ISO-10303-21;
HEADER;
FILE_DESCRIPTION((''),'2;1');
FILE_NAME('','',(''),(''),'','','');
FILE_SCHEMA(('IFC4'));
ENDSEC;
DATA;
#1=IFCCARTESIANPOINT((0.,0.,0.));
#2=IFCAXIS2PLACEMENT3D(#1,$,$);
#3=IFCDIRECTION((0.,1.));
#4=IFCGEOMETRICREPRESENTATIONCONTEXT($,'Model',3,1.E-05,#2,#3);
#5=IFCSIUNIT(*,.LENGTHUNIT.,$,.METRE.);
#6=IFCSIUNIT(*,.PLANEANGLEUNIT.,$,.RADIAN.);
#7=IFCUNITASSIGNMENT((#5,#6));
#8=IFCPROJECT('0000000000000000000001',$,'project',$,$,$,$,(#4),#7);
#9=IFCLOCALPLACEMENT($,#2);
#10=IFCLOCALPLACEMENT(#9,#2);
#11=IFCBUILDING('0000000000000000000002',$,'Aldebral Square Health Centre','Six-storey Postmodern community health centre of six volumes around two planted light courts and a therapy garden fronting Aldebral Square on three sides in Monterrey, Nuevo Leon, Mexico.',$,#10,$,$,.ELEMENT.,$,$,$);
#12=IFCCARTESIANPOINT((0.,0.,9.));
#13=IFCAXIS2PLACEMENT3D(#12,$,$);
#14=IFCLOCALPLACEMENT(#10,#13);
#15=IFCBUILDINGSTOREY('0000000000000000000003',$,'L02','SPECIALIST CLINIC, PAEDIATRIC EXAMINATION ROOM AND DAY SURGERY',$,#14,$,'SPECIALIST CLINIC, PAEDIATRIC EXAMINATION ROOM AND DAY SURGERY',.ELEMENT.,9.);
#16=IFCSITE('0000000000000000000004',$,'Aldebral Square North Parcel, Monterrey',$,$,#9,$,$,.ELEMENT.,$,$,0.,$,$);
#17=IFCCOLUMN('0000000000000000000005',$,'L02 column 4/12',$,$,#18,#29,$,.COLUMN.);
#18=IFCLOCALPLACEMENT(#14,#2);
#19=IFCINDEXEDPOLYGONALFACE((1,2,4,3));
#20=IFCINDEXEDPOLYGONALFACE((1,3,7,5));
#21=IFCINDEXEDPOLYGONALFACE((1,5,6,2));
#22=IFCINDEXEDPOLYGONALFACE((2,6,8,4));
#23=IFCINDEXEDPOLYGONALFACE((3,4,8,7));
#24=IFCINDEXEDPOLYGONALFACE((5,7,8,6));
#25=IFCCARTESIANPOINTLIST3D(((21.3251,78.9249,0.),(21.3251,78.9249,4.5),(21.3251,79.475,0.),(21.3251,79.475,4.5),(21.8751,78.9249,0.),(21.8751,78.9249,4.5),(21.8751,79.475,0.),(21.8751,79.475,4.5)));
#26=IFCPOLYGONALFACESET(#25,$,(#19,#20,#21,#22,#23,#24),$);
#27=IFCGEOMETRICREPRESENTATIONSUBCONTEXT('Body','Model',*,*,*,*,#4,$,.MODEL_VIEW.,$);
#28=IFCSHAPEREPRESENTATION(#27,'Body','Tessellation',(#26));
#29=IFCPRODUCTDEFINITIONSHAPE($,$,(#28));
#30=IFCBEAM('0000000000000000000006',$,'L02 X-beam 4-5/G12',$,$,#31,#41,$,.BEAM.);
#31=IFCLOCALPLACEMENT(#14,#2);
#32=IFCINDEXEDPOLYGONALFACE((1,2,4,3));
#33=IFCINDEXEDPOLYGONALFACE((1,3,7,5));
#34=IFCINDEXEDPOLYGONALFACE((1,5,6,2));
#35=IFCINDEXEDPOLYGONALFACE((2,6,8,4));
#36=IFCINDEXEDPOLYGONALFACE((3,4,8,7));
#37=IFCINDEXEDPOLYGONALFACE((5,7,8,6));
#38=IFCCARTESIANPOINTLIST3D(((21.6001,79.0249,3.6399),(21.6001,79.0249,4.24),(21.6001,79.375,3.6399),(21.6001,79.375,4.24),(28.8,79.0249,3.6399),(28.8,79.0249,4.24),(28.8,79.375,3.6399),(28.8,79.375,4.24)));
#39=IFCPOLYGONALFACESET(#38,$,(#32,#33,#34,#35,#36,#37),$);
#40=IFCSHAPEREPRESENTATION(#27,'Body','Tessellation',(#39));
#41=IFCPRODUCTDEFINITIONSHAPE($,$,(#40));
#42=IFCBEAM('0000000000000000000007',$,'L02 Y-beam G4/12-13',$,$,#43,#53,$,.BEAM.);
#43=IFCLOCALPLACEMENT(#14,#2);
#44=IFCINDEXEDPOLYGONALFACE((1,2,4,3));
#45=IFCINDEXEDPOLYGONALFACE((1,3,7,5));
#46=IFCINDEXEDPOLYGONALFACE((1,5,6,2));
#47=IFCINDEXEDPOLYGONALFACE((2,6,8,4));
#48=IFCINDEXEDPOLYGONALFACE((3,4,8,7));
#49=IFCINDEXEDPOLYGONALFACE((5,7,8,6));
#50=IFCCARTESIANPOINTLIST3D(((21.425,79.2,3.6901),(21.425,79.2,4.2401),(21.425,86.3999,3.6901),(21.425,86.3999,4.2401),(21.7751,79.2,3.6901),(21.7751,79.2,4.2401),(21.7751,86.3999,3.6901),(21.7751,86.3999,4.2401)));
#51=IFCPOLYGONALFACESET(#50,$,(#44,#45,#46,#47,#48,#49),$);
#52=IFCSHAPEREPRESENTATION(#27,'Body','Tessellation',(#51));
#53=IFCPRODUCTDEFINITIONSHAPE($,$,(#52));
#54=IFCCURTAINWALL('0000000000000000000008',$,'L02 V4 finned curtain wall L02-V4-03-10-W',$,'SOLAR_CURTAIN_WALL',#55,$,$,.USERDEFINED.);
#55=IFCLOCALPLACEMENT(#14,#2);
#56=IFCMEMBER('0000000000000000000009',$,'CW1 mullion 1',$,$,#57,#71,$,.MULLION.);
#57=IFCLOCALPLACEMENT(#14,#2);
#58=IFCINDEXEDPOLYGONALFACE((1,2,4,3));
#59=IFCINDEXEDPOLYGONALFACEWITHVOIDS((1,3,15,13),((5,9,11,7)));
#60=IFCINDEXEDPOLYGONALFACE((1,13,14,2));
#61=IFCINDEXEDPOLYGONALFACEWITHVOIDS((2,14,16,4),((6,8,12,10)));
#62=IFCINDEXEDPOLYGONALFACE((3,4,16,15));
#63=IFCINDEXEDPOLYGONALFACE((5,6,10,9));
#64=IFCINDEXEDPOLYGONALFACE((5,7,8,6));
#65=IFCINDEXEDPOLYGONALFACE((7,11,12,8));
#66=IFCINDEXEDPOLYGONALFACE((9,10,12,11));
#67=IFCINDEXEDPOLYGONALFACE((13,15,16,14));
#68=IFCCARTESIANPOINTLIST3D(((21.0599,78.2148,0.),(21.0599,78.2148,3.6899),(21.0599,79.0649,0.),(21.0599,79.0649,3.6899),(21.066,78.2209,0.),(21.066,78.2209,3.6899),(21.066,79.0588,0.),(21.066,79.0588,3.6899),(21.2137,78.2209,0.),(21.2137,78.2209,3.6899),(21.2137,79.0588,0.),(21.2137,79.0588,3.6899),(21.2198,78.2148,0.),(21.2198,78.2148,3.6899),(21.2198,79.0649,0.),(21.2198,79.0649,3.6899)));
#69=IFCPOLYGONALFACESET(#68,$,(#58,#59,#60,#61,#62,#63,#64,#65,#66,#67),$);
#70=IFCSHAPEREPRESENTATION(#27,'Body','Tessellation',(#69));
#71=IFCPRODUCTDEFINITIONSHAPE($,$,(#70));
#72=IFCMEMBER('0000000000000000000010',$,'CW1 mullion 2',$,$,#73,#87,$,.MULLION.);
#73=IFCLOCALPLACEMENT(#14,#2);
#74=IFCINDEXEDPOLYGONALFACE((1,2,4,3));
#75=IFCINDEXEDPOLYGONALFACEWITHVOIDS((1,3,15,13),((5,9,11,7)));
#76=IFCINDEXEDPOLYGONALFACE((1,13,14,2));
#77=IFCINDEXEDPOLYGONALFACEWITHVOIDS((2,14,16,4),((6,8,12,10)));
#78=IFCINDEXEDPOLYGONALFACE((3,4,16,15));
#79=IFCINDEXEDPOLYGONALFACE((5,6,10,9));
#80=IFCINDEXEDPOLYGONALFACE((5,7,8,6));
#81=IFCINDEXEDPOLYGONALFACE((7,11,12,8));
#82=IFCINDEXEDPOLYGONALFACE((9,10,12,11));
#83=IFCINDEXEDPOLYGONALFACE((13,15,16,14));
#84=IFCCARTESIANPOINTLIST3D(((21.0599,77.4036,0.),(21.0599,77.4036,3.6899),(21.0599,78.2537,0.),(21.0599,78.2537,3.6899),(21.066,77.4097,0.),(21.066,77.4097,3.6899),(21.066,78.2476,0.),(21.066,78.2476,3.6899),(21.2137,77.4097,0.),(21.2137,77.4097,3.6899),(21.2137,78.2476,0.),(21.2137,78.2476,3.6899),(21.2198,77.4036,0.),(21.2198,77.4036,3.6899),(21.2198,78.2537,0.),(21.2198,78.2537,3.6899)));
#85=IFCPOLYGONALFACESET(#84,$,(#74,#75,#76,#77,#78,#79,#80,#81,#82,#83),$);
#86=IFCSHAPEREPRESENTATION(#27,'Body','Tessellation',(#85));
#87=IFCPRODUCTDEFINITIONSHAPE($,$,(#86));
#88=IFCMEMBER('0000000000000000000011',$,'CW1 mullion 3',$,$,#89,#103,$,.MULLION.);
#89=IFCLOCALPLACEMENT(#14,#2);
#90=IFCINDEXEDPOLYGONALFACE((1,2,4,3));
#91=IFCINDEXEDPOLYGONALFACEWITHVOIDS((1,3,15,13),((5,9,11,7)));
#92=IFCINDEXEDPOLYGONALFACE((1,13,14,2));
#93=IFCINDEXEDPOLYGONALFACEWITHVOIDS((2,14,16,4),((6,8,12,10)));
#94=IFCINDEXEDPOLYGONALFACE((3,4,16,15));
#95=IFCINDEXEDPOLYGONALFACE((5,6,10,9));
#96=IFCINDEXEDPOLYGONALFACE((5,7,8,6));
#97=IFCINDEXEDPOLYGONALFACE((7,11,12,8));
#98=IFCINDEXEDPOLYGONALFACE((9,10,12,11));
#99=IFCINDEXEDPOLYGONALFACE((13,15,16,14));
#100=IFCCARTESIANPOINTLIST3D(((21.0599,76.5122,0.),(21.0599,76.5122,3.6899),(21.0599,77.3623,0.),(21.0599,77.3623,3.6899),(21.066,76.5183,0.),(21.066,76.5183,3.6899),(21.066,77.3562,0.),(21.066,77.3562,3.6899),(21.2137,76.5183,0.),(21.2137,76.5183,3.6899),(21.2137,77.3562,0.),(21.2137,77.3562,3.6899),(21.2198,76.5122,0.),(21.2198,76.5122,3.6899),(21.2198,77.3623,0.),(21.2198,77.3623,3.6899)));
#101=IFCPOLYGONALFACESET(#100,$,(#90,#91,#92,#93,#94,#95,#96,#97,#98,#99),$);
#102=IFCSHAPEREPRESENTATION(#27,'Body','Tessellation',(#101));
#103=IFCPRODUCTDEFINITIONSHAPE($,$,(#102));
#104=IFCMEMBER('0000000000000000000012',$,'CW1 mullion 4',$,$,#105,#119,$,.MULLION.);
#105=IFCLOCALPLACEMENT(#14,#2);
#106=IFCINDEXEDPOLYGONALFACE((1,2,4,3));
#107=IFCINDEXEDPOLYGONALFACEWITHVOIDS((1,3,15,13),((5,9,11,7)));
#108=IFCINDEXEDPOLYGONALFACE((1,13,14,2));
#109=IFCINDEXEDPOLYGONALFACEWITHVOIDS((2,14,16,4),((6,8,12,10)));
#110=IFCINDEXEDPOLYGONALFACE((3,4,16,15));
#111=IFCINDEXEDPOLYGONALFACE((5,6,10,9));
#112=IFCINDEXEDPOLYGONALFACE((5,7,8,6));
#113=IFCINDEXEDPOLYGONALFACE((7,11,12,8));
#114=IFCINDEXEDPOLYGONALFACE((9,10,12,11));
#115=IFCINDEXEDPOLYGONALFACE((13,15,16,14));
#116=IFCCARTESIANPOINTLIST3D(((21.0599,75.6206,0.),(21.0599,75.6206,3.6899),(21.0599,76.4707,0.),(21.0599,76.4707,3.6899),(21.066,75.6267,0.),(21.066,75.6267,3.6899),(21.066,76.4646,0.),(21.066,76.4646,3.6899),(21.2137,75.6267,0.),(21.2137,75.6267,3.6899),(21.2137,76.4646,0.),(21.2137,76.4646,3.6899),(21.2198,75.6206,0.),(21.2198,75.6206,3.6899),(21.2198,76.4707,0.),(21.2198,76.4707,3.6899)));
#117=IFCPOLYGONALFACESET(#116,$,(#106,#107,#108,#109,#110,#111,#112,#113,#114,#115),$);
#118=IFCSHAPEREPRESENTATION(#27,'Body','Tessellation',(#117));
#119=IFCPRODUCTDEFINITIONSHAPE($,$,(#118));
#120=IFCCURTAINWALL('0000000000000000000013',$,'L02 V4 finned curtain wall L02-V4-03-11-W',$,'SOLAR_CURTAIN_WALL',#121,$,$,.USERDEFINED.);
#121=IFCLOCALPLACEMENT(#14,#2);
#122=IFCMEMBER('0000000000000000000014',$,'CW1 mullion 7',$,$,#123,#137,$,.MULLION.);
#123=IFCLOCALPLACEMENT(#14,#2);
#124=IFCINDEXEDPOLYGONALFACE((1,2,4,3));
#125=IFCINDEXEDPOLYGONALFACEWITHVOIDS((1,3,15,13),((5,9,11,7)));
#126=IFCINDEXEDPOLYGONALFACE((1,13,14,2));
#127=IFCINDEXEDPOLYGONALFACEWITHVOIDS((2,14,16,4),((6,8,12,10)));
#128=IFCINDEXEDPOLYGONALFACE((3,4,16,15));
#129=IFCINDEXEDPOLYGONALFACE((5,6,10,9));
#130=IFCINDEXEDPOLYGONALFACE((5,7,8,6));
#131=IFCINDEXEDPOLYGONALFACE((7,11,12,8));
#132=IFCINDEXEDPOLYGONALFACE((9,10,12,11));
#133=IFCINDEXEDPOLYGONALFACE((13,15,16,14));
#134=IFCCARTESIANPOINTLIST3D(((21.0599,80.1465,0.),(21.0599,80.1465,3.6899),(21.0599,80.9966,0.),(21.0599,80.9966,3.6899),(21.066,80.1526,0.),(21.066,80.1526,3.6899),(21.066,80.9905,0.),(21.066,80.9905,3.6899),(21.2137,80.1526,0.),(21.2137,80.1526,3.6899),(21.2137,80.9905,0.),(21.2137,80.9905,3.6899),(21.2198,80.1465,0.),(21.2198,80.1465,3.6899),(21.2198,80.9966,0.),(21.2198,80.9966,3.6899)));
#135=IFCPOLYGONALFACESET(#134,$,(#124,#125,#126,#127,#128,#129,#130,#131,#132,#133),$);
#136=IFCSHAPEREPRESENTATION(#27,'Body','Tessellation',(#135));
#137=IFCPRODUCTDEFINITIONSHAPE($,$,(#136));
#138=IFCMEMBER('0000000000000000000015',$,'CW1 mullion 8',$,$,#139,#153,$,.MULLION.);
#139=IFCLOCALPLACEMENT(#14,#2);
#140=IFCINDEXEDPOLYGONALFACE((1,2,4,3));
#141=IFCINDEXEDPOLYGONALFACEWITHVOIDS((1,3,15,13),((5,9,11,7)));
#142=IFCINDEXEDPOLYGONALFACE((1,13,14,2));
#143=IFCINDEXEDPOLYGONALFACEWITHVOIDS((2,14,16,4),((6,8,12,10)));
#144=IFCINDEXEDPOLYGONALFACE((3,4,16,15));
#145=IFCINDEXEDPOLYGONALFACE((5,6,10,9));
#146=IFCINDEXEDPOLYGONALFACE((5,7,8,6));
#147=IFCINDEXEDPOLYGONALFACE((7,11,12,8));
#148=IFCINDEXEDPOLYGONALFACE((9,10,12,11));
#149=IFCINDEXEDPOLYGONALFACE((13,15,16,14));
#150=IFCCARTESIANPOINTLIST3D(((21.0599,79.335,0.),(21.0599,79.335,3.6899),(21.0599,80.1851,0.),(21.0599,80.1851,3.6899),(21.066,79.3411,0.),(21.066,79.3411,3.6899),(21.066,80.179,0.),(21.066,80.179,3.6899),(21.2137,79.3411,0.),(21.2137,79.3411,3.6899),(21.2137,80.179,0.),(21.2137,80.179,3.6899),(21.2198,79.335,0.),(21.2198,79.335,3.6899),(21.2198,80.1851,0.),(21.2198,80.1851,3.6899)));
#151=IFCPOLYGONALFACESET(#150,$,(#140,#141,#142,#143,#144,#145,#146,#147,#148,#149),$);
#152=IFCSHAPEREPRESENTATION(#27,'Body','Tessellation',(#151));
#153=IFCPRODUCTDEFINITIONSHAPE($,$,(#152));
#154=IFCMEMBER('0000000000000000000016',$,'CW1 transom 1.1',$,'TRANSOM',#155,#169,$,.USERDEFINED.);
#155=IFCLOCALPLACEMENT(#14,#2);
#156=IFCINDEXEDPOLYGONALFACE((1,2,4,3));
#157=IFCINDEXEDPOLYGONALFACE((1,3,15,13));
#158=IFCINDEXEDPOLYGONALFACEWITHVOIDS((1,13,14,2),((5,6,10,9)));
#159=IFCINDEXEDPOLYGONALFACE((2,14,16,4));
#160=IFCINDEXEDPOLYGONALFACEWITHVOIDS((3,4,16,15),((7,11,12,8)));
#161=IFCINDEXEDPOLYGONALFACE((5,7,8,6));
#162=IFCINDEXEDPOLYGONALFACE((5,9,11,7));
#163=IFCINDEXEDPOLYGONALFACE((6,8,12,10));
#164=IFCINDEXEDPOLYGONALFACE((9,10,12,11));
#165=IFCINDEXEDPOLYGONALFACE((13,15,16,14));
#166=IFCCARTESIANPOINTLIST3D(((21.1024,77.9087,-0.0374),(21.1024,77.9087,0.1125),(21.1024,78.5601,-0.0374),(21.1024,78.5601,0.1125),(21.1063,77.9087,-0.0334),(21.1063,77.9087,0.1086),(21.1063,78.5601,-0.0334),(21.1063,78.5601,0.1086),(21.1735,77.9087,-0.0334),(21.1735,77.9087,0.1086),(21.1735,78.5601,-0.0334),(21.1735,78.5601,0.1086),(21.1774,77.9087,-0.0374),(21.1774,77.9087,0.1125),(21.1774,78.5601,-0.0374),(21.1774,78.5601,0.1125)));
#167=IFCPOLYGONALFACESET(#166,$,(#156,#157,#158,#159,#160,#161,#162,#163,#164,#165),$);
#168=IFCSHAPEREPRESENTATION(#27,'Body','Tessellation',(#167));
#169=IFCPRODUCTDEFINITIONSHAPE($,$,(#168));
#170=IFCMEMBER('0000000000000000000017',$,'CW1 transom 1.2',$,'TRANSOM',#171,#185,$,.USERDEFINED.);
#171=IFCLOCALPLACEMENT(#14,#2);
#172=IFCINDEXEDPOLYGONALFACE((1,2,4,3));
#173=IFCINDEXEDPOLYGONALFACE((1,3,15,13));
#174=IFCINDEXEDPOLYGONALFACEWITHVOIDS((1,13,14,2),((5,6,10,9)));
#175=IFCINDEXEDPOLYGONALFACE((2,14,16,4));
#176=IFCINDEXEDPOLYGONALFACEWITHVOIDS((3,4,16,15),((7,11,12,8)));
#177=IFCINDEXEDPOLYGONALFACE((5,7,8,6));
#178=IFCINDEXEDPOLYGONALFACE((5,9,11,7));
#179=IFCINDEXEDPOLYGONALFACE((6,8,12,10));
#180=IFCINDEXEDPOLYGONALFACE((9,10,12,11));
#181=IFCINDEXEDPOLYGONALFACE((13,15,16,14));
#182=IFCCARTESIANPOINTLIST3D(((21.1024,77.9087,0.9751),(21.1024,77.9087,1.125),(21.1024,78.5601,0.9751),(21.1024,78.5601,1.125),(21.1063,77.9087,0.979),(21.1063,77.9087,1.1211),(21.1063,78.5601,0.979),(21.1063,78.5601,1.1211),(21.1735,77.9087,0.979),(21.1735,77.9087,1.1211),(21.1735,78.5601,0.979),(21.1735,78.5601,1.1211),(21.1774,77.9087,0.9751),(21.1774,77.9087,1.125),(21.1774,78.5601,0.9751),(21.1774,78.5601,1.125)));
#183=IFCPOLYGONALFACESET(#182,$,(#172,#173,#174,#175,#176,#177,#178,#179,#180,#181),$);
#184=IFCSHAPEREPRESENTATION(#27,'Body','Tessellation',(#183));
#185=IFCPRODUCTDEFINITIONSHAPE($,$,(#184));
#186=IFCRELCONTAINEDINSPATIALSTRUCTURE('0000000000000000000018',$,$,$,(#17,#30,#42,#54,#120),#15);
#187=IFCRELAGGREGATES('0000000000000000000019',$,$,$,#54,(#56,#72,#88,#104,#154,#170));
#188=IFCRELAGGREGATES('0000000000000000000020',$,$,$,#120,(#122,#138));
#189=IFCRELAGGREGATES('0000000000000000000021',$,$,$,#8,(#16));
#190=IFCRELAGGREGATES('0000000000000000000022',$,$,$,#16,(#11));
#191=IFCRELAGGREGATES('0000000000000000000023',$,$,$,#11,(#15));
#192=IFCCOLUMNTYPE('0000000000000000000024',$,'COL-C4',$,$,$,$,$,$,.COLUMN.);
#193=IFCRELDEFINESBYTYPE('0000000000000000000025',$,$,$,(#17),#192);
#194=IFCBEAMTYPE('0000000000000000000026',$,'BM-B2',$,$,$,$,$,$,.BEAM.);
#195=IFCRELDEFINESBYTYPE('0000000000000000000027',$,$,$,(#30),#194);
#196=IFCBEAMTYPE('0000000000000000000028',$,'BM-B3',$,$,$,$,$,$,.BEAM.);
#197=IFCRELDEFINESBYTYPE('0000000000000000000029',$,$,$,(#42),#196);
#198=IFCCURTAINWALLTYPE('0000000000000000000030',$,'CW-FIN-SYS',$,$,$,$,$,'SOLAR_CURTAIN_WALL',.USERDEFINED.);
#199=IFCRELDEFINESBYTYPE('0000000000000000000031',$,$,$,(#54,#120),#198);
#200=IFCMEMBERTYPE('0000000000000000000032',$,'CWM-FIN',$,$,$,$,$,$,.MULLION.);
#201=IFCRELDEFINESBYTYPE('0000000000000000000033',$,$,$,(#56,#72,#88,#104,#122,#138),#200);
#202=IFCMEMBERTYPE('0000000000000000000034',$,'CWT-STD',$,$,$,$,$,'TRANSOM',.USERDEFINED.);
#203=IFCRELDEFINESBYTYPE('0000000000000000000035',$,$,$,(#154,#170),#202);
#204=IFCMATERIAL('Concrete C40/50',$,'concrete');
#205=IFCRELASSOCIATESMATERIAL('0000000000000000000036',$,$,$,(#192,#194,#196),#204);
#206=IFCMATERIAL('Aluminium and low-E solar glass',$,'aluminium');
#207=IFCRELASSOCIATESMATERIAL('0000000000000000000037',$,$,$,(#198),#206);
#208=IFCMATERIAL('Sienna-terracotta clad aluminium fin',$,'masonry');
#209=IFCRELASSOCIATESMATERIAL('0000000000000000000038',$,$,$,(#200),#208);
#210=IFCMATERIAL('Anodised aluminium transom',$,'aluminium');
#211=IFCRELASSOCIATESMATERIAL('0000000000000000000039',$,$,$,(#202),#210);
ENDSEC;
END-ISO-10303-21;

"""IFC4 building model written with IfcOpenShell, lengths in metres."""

from ifc_helpers import new_model, si_unit, direction, frame, origin, origin_2d, place, context, subcontext, project, spatial, rectangle, hollow_rectangle, extrude, material, material_profile, profile_set, type_object, element, aggregate, save


model = new_model("IFC4")

# Units and contexts
model_context = context("Model", 3, precision=1e-05, world=origin(), true_north=direction((0.0, 1.0)))
body_context = subcontext(model_context, "Body", "Model", "MODEL_VIEW")
ifc_project = project(units=[si_unit("LENGTHUNIT", "METRE"), si_unit("PLANEANGLEUNIT", "RADIAN")], contexts=[model_context])

# Site, building, storey
site_placement = place(None, origin())
site = spatial("IfcSite", under=ifc_project, at=site_placement, Name="Aldebral Square North Parcel, Monterrey", CompositionType="ELEMENT", RefElevation=0.0)
building_placement = place(site_placement, origin())
building = spatial("IfcBuilding", under=site, at=building_placement, Name="Aldebral Square Health Centre", Description="Six-storey Postmodern community health centre of six volumes around two planted light courts and a therapy garden fronting Aldebral Square on three sides in Monterrey, Nuevo Leon, Mexico.", CompositionType="ELEMENT")
storey_placement = place(building_placement, frame((0.0, 0.0, 9.0)))
storey = spatial("IfcBuildingStorey", under=building, at=storey_placement, Name="L02", Description="SPECIALIST CLINIC, PAEDIATRIC EXAMINATION ROOM AND DAY SURGERY", LongName="SPECIALIST CLINIC, PAEDIATRIC EXAMINATION ROOM AND DAY SURGERY", CompositionType="ELEMENT", Elevation=9.0)

# Column
ifc_material_1 = material(Name="Concrete C40/50", Category="concrete")
ifc_material_profile_1 = material_profile(ifc_material_1, rectangle(XDim=0.55, YDim=0.55, at=origin_2d()), Name="RC 550x550")
ifc_profile_set_1 = profile_set([ifc_material_profile_1], Name="Concrete C40/50")
column_type = type_object("IfcColumnType", Name="COL-C4", PredefinedType="COLUMN", material=ifc_profile_set_1)
column_placement = place(storey_placement, frame((21.6001, 79.2, 0.0), z_axis=(0.0, 0.0, 1.0), x_axis=(1.0, 0.0, 0.0)))
element("IfcColumn", 1, at=column_placement, inside=storey, type_object=column_type, Name="L02 column 4/12", PredefinedType="COLUMN", context=body_context, shape_type="SweptSolid", body=[
    extrude(rectangle(XDim=0.55, YDim=0.55, at=origin_2d()), origin(), (0.0, 0.0, 1.0), 4.5),
])

# Beams
ifc_material_profile_2 = material_profile(ifc_material_1, rectangle(XDim=0.3501, YDim=0.6001, at=origin_2d()), Name="RC 350x600")
ifc_profile_set_2 = profile_set([ifc_material_profile_2], Name="Concrete C40/50")
beam_type_1 = type_object("IfcBeamType", Name="BM-B2", PredefinedType="BEAM", material=ifc_profile_set_2)
beam_1_placement = place(storey_placement, frame((21.6001, 79.2, 3.9399), z_axis=(1.0, 0.0, 0.0), x_axis=(0.0, 1.0, 0.0)))
element("IfcBeam", 2, at=beam_1_placement, inside=storey, type_object=beam_type_1, Name="L02 X-beam 4-5/G12", PredefinedType="BEAM", context=body_context, shape_type="SweptSolid", body=[
    extrude(rectangle(XDim=0.3501, YDim=0.6001, at=origin_2d()), origin(), (0.0, 0.0, 1.0), 7.2),
])
ifc_material_profile_3 = material_profile(ifc_material_1, rectangle(XDim=0.3501, YDim=0.55, at=origin_2d()), Name="RC 350x550")
ifc_profile_set_3 = profile_set([ifc_material_profile_3], Name="Concrete C40/50")
beam_type_2 = type_object("IfcBeamType", Name="BM-B3", PredefinedType="BEAM", material=ifc_profile_set_3)
beam_2_placement = place(storey_placement, frame((21.6001, 79.2, 3.9651), z_axis=(0.0, 1.0, 0.0), x_axis=(-1.0, 0.0, 0.0)))
element("IfcBeam", 3, at=beam_2_placement, inside=storey, type_object=beam_type_2, Name="L02 Y-beam G4/12-13", PredefinedType="BEAM", context=body_context, shape_type="SweptSolid", body=[
    extrude(rectangle(XDim=0.3501, YDim=0.55, at=origin_2d()), origin(), (0.0, 0.0, 1.0), 7.2),
])

# Curtain walls, members
ifc_material_2 = material(Name="Aluminium and low-E solar glass", Category="aluminium")
curtain_wall_type = type_object("IfcCurtainWallType", Name="CW-FIN-SYS", ElementType="SOLAR_CURTAIN_WALL", PredefinedType="USERDEFINED", material=ifc_material_2)
curtain_wall_1_placement = place(storey_placement, origin())
curtain_wall_1 = element("IfcCurtainWall", 4, at=curtain_wall_1_placement, inside=storey, type_object=curtain_wall_type, Name="L02 V4 finned curtain wall L02-V4-03-10-W", ObjectType="SOLAR_CURTAIN_WALL", PredefinedType="USERDEFINED")
ifc_material_3 = material(Name="Sienna-terracotta clad aluminium fin", Category="masonry")
ifc_material_profile_4 = material_profile(ifc_material_3, hollow_rectangle(XDim=0.1599, YDim=0.8501, WallThickness=0.0061, at=origin_2d()), Name="FIN 160x850x6")
ifc_profile_set_4 = profile_set([ifc_material_profile_4], Name="Sienna-terracotta clad aluminium fin")
member_type_1 = type_object("IfcMemberType", Name="CWM-FIN", PredefinedType="MULLION", material=ifc_profile_set_4)
member_1_placement = place(storey_placement, frame((21.1399, 78.6399, 0.0), z_axis=(0.0, 0.0, 1.0), x_axis=(1.0, 0.0, 0.0)))
member_1 = element("IfcMember", 5, at=member_1_placement, type_object=member_type_1, Name="CW1 mullion 1", PredefinedType="MULLION", context=body_context, shape_type="SweptSolid", body=[
    extrude(hollow_rectangle(XDim=0.1599, YDim=0.8501, WallThickness=0.0061, at=origin_2d()), origin(), (0.0, 0.0, 1.0), 3.6899),
])
member_2_placement = place(storey_placement, frame((21.1399, 77.8286, 0.0), z_axis=(0.0, 0.0, 1.0), x_axis=(1.0, 0.0, 0.0)))
member_2 = element("IfcMember", 6, at=member_2_placement, type_object=member_type_1, Name="CW1 mullion 2", PredefinedType="MULLION", context=body_context, shape_type="SweptSolid", body=[
    extrude(hollow_rectangle(XDim=0.1599, YDim=0.8501, WallThickness=0.0061, at=origin_2d()), origin(), (0.0, 0.0, 1.0), 3.6899),
])
member_3_placement = place(storey_placement, frame((21.1399, 76.9373, 0.0), z_axis=(0.0, 0.0, 1.0), x_axis=(1.0, 0.0, 0.0)))
member_3 = element("IfcMember", 7, at=member_3_placement, type_object=member_type_1, Name="CW1 mullion 3", PredefinedType="MULLION", context=body_context, shape_type="SweptSolid", body=[
    extrude(hollow_rectangle(XDim=0.1599, YDim=0.8501, WallThickness=0.0061, at=origin_2d()), origin(), (0.0, 0.0, 1.0), 3.6899),
])
member_4_placement = place(storey_placement, frame((21.1399, 76.0457, 0.0), z_axis=(0.0, 0.0, 1.0), x_axis=(1.0, 0.0, 0.0)))
member_4 = element("IfcMember", 8, at=member_4_placement, type_object=member_type_1, Name="CW1 mullion 4", PredefinedType="MULLION", context=body_context, shape_type="SweptSolid", body=[
    extrude(hollow_rectangle(XDim=0.1599, YDim=0.8501, WallThickness=0.0061, at=origin_2d()), origin(), (0.0, 0.0, 1.0), 3.6899),
])
curtain_wall_2_placement = place(storey_placement, origin())
curtain_wall_2 = element("IfcCurtainWall", 9, at=curtain_wall_2_placement, inside=storey, type_object=curtain_wall_type, Name="L02 V4 finned curtain wall L02-V4-03-11-W", ObjectType="SOLAR_CURTAIN_WALL", PredefinedType="USERDEFINED")
member_5_placement = place(storey_placement, frame((21.1399, 80.5715, 0.0), z_axis=(0.0, 0.0, 1.0), x_axis=(1.0, 0.0, 0.0)))
member_5 = element("IfcMember", 10, at=member_5_placement, type_object=member_type_1, Name="CW1 mullion 7", PredefinedType="MULLION", context=body_context, shape_type="SweptSolid", body=[
    extrude(hollow_rectangle(XDim=0.1599, YDim=0.8501, WallThickness=0.0061, at=origin_2d()), origin(), (0.0, 0.0, 1.0), 3.6899),
])
member_6_placement = place(storey_placement, frame((21.1399, 79.76, 0.0), z_axis=(0.0, 0.0, 1.0), x_axis=(1.0, 0.0, 0.0)))
member_6 = element("IfcMember", 11, at=member_6_placement, type_object=member_type_1, Name="CW1 mullion 8", PredefinedType="MULLION", context=body_context, shape_type="SweptSolid", body=[
    extrude(hollow_rectangle(XDim=0.1599, YDim=0.8501, WallThickness=0.0061, at=origin_2d()), origin(), (0.0, 0.0, 1.0), 3.6899),
])

# Members
ifc_material_4 = material(Name="Anodised aluminium transom", Category="aluminium")
ifc_material_profile_5 = material_profile(ifc_material_4, hollow_rectangle(XDim=0.075, YDim=0.1499, WallThickness=0.0039, at=origin_2d()), Name="CWT 75x150x4")
ifc_profile_set_5 = profile_set([ifc_material_profile_5], Name="Anodised aluminium transom")
member_type_2 = type_object("IfcMemberType", Name="CWT-STD", ElementType="TRANSOM", PredefinedType="USERDEFINED", material=ifc_profile_set_5)
member_7_placement = place(storey_placement, frame((21.1399, 78.5601, 0.0376), z_axis=(0.0, -1.0, 0.0), x_axis=(1.0, 0.0, 0.0)))
member_7 = element("IfcMember", 12, at=member_7_placement, type_object=member_type_2, Name="CW1 transom 1.1", ObjectType="TRANSOM", PredefinedType="USERDEFINED", context=body_context, shape_type="SweptSolid", body=[
    extrude(hollow_rectangle(XDim=0.075, YDim=0.1499, WallThickness=0.0039, at=origin_2d()), origin(), (0.0, 0.0, 1.0), 0.6514),
])
member_8_placement = place(storey_placement, frame((21.1399, 78.5601, 1.05), z_axis=(0.0, -1.0, 0.0), x_axis=(1.0, 0.0, 0.0)))
member_8 = element("IfcMember", 13, at=member_8_placement, type_object=member_type_2, Name="CW1 transom 1.2", ObjectType="TRANSOM", PredefinedType="USERDEFINED", context=body_context, shape_type="SweptSolid", body=[
    extrude(hollow_rectangle(XDim=0.075, YDim=0.1499, WallThickness=0.0039, at=origin_2d()), origin(), (0.0, 0.0, 1.0), 0.6514),
])

aggregate(curtain_wall_1, [member_1, member_2, member_3, member_4, member_7, member_8])
aggregate(curtain_wall_2, [member_5, member_6])

save(model, "model.ifc")
